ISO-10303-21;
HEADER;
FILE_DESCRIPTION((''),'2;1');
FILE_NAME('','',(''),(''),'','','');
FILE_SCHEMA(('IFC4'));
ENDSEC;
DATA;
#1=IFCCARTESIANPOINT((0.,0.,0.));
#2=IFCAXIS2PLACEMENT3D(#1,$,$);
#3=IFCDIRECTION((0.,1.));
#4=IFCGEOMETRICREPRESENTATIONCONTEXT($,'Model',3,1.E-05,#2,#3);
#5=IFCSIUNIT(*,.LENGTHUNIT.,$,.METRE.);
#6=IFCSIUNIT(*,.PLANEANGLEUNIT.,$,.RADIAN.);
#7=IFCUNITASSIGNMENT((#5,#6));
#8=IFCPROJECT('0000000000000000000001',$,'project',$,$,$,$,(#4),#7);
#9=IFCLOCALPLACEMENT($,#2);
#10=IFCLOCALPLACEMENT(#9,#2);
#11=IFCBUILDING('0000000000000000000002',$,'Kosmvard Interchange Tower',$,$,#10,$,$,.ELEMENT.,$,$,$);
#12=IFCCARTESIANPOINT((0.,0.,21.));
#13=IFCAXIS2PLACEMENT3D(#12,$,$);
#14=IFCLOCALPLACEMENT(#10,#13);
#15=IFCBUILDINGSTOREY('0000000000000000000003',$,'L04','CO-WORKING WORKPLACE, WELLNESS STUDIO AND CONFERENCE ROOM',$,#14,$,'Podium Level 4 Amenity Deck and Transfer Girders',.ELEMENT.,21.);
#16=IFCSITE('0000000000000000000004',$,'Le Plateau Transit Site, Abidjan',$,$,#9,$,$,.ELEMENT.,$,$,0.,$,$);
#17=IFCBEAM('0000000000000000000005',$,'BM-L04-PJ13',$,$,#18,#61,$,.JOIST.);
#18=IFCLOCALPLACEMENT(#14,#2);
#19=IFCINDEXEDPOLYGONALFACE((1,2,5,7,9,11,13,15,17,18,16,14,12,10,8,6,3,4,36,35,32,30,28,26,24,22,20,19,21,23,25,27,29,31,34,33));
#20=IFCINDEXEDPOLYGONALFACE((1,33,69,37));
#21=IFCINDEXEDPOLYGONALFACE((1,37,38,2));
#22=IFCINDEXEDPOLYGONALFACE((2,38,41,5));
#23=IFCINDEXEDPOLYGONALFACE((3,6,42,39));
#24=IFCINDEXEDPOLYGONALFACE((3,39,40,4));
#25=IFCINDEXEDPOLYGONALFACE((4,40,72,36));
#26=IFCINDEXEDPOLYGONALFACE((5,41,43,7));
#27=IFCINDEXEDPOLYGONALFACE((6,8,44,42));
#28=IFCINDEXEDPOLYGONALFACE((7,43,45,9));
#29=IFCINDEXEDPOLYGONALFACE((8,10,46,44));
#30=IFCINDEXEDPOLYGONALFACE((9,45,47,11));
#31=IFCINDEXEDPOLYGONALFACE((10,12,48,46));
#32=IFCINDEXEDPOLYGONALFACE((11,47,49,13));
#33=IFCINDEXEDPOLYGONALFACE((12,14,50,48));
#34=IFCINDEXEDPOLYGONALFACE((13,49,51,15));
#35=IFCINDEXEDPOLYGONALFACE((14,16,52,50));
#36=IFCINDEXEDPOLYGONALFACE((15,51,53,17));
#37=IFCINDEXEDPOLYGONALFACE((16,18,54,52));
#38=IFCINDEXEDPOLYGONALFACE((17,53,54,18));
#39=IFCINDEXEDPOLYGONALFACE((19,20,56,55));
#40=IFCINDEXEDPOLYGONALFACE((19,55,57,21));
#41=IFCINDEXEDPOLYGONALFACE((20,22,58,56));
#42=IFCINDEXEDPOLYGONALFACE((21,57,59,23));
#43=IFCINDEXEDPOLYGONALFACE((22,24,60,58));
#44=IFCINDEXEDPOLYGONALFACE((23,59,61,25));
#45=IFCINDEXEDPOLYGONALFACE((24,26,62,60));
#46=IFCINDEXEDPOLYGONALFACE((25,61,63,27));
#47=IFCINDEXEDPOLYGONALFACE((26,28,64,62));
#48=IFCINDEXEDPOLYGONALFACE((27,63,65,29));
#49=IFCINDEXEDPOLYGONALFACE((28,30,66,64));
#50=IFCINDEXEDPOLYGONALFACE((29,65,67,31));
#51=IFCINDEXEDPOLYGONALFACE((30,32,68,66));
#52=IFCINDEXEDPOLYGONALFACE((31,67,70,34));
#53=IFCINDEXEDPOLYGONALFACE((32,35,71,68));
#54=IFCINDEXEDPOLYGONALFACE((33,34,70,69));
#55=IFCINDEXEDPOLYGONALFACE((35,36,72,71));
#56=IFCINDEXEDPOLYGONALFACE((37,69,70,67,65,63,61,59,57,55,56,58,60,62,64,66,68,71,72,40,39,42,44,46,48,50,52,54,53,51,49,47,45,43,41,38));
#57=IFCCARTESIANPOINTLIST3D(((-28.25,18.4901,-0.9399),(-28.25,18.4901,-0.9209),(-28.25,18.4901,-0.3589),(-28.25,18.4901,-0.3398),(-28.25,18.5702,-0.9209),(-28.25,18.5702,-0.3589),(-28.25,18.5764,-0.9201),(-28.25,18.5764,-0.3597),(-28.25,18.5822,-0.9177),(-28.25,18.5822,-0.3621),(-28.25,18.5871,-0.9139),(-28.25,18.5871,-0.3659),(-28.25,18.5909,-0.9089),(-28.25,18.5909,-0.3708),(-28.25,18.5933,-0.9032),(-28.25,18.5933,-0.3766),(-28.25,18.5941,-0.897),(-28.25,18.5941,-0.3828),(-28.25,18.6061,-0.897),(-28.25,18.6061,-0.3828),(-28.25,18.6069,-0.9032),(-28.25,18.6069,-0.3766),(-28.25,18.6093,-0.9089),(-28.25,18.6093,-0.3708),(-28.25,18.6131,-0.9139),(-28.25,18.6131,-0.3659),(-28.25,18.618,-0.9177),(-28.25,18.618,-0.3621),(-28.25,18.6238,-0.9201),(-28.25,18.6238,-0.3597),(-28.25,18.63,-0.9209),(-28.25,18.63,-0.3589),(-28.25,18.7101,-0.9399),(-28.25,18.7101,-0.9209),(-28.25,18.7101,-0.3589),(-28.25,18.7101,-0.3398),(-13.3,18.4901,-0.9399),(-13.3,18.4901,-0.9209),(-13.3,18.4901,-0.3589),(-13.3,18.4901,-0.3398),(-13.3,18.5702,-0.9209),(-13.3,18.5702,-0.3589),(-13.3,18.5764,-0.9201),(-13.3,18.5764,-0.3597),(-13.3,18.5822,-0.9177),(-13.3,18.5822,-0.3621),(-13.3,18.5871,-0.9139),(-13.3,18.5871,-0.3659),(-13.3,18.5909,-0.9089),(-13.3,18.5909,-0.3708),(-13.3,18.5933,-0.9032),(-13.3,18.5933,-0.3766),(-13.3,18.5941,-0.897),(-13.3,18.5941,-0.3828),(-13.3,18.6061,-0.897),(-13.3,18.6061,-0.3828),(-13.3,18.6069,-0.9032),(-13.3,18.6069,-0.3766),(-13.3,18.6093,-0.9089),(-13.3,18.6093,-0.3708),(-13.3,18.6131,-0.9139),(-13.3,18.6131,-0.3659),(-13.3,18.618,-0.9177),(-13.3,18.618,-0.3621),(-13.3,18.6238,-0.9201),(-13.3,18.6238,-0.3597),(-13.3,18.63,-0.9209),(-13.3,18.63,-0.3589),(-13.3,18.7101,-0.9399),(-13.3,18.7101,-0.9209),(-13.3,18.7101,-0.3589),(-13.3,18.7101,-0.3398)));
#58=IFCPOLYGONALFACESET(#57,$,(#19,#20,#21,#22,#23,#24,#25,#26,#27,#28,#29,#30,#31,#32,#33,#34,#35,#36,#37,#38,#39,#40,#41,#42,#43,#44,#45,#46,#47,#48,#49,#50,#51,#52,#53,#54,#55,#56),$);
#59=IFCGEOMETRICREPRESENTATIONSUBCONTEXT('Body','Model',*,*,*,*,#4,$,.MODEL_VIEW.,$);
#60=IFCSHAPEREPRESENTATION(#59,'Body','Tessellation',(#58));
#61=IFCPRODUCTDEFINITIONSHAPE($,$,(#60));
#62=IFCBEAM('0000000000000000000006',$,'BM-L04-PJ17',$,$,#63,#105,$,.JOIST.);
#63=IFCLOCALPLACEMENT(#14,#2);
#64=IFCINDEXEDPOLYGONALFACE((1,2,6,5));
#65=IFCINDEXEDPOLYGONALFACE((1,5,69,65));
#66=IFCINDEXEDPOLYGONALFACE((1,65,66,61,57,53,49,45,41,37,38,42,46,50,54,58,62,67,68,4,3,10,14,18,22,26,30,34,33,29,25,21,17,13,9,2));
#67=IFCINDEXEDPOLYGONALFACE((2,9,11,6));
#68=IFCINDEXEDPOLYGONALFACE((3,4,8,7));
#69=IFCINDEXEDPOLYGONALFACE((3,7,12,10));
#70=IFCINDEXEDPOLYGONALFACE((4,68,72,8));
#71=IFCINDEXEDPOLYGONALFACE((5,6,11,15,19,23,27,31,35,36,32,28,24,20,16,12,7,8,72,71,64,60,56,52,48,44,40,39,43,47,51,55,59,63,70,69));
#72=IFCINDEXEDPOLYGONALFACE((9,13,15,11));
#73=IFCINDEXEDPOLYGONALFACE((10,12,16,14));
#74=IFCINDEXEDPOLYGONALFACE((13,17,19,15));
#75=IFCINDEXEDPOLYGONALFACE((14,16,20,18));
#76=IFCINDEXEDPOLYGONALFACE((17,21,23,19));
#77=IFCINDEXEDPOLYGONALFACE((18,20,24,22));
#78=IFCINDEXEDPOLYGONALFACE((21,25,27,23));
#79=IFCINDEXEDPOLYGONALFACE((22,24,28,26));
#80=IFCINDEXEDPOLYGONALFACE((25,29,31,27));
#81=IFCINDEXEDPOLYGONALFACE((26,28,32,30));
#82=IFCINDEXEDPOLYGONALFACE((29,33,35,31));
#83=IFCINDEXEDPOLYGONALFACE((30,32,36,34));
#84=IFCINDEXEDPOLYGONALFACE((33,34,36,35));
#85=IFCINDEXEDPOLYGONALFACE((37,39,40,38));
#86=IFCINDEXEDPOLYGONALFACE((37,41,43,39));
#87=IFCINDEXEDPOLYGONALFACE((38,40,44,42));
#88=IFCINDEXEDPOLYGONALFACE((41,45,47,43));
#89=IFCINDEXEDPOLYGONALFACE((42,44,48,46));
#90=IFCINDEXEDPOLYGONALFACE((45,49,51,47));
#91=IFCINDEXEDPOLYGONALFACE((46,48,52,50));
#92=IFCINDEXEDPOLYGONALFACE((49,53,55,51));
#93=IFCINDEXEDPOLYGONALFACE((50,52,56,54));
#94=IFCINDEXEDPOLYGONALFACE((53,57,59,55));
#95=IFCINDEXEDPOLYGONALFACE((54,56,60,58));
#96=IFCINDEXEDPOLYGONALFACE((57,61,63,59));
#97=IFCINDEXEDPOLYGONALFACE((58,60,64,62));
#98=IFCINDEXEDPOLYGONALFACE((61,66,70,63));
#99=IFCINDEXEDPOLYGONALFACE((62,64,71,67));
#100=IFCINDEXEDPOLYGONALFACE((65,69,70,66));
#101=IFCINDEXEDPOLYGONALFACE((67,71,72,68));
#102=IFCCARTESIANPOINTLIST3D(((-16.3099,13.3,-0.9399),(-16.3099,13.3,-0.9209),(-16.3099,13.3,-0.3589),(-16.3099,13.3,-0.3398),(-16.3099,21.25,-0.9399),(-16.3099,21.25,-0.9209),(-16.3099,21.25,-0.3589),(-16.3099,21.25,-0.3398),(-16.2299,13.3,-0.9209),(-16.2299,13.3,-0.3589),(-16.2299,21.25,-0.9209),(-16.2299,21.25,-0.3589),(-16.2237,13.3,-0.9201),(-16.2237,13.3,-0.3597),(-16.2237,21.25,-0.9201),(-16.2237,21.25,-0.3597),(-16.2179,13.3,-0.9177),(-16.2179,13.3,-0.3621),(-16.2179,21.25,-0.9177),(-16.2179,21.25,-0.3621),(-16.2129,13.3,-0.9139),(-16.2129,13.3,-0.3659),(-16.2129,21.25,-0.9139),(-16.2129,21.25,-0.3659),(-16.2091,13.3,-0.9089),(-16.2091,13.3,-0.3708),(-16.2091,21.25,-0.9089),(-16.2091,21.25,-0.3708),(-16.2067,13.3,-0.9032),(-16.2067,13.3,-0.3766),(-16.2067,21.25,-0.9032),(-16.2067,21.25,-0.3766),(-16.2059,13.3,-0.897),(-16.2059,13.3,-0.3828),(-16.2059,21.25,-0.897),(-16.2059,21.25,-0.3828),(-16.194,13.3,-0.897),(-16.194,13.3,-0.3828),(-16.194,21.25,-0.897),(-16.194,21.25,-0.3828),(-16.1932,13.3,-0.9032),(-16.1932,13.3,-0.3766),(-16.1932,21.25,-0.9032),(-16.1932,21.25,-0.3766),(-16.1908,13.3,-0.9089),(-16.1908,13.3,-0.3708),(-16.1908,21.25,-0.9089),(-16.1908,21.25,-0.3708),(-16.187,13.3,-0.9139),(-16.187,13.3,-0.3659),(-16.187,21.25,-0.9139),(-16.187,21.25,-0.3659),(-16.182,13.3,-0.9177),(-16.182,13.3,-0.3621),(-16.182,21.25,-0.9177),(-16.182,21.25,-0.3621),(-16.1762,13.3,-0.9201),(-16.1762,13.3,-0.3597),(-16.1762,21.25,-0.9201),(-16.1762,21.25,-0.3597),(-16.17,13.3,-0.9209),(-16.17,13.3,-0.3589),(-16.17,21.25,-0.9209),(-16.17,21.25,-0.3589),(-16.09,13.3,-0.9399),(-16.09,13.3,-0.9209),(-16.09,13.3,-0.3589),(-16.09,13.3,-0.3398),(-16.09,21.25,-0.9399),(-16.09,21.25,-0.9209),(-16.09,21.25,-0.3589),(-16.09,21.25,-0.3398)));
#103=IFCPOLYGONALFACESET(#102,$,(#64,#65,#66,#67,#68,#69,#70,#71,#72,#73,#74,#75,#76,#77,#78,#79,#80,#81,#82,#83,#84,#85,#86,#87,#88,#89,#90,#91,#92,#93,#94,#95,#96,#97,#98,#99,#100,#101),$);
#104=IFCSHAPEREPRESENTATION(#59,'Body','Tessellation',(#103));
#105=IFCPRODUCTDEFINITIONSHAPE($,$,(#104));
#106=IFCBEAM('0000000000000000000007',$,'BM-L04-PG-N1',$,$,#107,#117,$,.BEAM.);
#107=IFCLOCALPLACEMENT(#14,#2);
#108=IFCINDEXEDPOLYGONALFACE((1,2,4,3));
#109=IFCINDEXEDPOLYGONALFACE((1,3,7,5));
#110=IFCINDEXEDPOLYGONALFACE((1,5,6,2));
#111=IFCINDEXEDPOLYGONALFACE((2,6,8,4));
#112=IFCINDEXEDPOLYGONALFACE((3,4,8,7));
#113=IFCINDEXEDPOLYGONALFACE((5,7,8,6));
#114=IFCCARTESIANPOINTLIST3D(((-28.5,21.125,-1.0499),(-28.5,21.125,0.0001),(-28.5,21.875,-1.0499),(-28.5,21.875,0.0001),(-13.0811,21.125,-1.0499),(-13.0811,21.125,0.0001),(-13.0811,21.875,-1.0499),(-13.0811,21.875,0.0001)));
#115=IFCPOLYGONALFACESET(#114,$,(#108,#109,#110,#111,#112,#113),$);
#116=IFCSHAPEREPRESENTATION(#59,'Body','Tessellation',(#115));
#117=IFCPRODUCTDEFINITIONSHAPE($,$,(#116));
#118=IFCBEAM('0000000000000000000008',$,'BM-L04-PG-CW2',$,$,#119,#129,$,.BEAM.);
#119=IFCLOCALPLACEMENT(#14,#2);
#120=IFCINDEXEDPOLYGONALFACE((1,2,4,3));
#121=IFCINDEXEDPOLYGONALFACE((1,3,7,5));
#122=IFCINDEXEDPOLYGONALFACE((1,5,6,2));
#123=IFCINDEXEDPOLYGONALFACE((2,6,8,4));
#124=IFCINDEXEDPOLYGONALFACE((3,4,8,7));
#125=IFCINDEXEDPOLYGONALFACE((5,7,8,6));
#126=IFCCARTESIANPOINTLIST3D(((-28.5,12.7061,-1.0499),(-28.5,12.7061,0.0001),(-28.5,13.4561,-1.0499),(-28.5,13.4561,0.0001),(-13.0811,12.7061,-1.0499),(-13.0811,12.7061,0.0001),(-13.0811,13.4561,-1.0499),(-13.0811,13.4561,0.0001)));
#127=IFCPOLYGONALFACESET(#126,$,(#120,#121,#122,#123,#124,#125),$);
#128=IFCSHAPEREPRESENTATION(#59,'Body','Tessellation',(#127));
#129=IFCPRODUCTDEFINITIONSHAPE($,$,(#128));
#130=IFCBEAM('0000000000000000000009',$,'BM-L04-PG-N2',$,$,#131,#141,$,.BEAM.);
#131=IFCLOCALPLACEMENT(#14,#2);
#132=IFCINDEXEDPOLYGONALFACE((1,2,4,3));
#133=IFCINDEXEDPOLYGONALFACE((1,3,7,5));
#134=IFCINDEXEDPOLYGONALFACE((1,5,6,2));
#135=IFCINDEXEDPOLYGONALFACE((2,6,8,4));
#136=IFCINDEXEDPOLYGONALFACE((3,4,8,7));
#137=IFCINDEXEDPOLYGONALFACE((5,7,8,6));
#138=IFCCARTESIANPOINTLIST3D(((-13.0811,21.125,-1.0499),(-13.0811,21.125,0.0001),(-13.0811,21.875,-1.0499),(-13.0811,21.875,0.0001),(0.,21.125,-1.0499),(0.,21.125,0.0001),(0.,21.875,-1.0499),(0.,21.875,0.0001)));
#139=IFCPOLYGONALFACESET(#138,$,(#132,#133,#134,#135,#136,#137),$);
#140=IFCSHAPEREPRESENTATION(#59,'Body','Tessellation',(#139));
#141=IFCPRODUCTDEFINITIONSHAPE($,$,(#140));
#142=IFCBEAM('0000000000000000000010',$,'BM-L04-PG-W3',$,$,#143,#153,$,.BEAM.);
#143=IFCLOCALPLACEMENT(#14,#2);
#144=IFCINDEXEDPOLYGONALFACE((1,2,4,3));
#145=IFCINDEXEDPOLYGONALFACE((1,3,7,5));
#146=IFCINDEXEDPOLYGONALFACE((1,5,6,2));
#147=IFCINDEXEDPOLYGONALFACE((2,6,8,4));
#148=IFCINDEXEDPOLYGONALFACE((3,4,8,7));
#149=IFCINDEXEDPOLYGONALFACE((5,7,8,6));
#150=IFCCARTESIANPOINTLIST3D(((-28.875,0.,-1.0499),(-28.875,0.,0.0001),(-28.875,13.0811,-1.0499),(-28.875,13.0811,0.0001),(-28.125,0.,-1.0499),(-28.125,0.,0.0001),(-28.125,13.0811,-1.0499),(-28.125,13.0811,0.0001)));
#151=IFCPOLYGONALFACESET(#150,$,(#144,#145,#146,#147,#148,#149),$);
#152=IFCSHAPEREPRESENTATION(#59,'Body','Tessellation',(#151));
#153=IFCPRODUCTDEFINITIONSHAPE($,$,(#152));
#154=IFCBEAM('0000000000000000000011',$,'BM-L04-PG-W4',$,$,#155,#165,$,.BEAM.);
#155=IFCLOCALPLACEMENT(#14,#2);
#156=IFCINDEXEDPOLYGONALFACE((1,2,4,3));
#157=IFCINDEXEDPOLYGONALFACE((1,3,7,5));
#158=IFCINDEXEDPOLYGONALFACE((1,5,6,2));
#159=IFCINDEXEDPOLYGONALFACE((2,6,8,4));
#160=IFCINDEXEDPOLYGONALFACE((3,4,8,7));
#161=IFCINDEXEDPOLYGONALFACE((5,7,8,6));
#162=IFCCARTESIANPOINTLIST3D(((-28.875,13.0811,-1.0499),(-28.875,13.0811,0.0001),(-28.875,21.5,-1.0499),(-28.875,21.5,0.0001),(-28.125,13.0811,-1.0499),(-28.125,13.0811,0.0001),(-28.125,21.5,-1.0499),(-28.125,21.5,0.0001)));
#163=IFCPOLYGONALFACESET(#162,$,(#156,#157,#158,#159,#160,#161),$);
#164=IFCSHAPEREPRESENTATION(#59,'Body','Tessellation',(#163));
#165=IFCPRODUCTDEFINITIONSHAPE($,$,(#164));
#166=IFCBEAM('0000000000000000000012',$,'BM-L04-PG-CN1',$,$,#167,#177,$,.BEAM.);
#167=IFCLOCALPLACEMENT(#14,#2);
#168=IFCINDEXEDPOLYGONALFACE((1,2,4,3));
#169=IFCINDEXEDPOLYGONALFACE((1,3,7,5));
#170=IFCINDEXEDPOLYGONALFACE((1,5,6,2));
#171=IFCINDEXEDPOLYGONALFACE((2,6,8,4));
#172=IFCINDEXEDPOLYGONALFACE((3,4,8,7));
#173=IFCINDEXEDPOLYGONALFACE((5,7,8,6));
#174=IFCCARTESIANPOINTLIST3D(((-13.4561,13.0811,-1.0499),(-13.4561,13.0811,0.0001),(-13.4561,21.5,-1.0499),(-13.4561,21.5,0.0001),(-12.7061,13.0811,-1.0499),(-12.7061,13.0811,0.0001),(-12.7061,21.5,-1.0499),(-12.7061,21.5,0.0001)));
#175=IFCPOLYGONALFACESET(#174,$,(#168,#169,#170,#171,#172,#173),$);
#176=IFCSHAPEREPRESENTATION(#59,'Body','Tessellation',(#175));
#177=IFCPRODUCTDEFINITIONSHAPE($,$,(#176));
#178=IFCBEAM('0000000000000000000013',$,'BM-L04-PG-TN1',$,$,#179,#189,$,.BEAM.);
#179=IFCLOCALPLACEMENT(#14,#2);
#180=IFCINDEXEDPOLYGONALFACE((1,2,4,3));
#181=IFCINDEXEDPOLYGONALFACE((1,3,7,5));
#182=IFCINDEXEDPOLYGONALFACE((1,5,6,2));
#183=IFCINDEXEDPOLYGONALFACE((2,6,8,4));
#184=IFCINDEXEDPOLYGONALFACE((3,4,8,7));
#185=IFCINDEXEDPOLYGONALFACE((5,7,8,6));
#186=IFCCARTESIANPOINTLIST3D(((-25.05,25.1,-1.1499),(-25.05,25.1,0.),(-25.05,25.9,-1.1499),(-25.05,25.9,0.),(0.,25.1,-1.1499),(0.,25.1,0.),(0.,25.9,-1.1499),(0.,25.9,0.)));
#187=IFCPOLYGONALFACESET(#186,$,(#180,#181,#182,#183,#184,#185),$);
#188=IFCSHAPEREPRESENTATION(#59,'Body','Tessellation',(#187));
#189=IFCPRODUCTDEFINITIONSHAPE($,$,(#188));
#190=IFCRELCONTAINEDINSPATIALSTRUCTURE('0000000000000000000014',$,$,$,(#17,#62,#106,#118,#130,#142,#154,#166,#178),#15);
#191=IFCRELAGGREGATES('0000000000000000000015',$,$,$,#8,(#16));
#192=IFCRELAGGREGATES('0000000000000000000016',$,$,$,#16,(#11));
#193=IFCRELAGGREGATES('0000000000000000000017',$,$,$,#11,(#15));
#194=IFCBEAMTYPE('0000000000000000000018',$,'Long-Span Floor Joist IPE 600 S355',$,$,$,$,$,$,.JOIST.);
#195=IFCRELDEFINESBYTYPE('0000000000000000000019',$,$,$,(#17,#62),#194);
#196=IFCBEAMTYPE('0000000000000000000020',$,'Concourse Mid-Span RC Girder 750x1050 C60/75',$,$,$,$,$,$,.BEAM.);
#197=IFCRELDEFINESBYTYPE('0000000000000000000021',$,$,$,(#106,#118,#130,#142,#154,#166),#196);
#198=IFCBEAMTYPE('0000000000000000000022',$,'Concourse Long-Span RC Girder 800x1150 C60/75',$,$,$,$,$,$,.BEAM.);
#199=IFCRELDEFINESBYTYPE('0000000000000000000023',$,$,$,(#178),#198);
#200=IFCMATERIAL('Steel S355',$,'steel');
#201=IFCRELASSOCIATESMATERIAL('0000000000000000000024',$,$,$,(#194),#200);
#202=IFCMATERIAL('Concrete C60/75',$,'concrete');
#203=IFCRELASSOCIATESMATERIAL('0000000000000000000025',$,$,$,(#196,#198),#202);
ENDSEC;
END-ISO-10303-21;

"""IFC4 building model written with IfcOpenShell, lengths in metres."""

from ifc_helpers import new_model, si_unit, direction, frame, origin, origin_2d, place, context, subcontext, project, spatial, rectangle, i_section, extrude, source, transform, mapped, material, material_profile, profile_set, type_object, element, save


model = new_model("IFC4")

# Units and contexts
model_context = context("Model", 3, precision=1e-05, world=origin(), true_north=direction((0.0, 1.0)))
body_context = subcontext(model_context, "Body", "Model", "MODEL_VIEW")
ifc_project = project(units=[si_unit("LENGTHUNIT", "METRE"), si_unit("PLANEANGLEUNIT", "RADIAN")], contexts=[model_context])

# Site, building, storey
site_placement = place(None, origin())
site = spatial("IfcSite", under=ifc_project, at=site_placement, Name="Le Plateau Transit Site, Abidjan", CompositionType="ELEMENT", RefElevation=0.0)
building_placement = place(site_placement, origin())
building = spatial("IfcBuilding", under=site, at=building_placement, Name="Kosmvard Interchange Tower", CompositionType="ELEMENT")
storey_placement = place(building_placement, frame((0.0, 0.0, 21.0)))
storey = spatial("IfcBuildingStorey", under=building, at=storey_placement, Name="L04", Description="CO-WORKING WORKPLACE, WELLNESS STUDIO AND CONFERENCE ROOM", LongName="Podium Level 4 Amenity Deck and Transfer Girders", CompositionType="ELEMENT", Elevation=21.0)

# Shared definitions
ifc_material_1 = material(Name="Concrete C60/75", Category="concrete")

# Beams
ifc_material_2 = material(Name="Steel S355", Category="steel")
ifc_material_profile_1 = material_profile(ifc_material_2, i_section(OverallWidth=0.22, OverallDepth=0.6001, WebThickness=0.012, FlangeThickness=0.019, FilletRadius=0.0239, at=origin_2d()), Name="IPE 600")
ifc_profile_set_1 = profile_set([ifc_material_profile_1], Name="Steel S355")
beam_type_1 = type_object("IfcBeamType", Name="Long-Span Floor Joist IPE 600 S355", PredefinedType="JOIST", material=ifc_profile_set_1)
shared_shape_1 = source(origin(), body_context, "Body", "SweptSolid", [
    extrude(i_section(OverallWidth=0.22, OverallDepth=0.6001, WebThickness=0.012, FlangeThickness=0.019, FilletRadius=0.0239, at=origin_2d()), origin(), (0.0, 0.0, 1.0), 14.95),
])
for number, where, z_axis, x_axis, name in (
    (1, (-28.25, 18.6001, -0.6399), (1.0, 0.0, 0.0), (0.0, 1.0, 0.0), "BM-L04-PJ13"),
):
    element("IfcBeam", number, at=place(storey_placement, frame(where, z_axis=z_axis, x_axis=x_axis)), inside=storey, type_object=beam_type_1, Name=name, PredefinedType="JOIST", context=body_context, shape_type="MappedRepresentation", body=[
        mapped(shared_shape_1, transform((0.0, 0.0, 0.0), scale=1.0)),
    ])
shared_shape_2 = source(origin(), body_context, "Body", "SweptSolid", [
    extrude(i_section(OverallWidth=0.22, OverallDepth=0.6001, WebThickness=0.012, FlangeThickness=0.019, FilletRadius=0.0239, at=origin_2d()), origin(), (0.0, 0.0, 1.0), 7.95),
])
beam_1_placement = place(storey_placement, frame((-16.2, 13.3, -0.6399), z_axis=(0.0, 1.0, 0.0), x_axis=(-1.0, 0.0, 0.0)))
element("IfcBeam", 2, at=beam_1_placement, inside=storey, type_object=beam_type_1, Name="BM-L04-PJ17", PredefinedType="JOIST", context=body_context, shape_type="MappedRepresentation", body=[
    mapped(shared_shape_2, transform((0.0, 0.0, 0.0), scale=1.0)),
])
ifc_material_profile_2 = material_profile(ifc_material_1, rectangle(XDim=0.75, YDim=1.05, at=origin_2d()), Name="RCG 750x1050")
ifc_profile_set_2 = profile_set([ifc_material_profile_2], Name="Concrete C60/75")
beam_type_2 = type_object("IfcBeamType", Name="Concourse Mid-Span RC Girder 750x1050 C60/75", PredefinedType="BEAM", material=ifc_profile_set_2)
shared_shape_3 = source(origin(), body_context, "Body", "SweptSolid", [
    extrude(rectangle(XDim=0.75, YDim=1.05, at=origin_2d()), origin(), (0.0, 0.0, 1.0), 15.4189),
])
for number, where, z_axis, x_axis, name in (
    (3, (-28.5, 21.5, -0.5249), (1.0, 0.0, 0.0), (0.0, 1.0, 0.0), "BM-L04-PG-N1"),
    (4, (-28.5, 13.0811, -0.5249), (1.0, 0.0, 0.0), (0.0, 1.0, 0.0), "BM-L04-PG-CW2"),
):
    element("IfcBeam", number, at=place(storey_placement, frame(where, z_axis=z_axis, x_axis=x_axis)), inside=storey, type_object=beam_type_2, Name=name, PredefinedType="BEAM", context=body_context, shape_type="MappedRepresentation", body=[
        mapped(shared_shape_3, transform((0.0, 0.0, 0.0), scale=1.0)),
    ])
shared_shape_4 = source(origin(), body_context, "Body", "SweptSolid", [
    extrude(rectangle(XDim=0.75, YDim=1.05, at=origin_2d()), origin(), (0.0, 0.0, 1.0), 13.0811),
])
for number, where, z_axis, x_axis, name in (
    (5, (-13.0811, 21.5, -0.5249), (1.0, 0.0, 0.0), (0.0, 1.0, 0.0), "BM-L04-PG-N2"),
    (6, (-28.5, 0.0, -0.5249), (0.0, 1.0, 0.0), (-1.0, 0.0, 0.0), "BM-L04-PG-W3"),
):
    element("IfcBeam", number, at=place(storey_placement, frame(where, z_axis=z_axis, x_axis=x_axis)), inside=storey, type_object=beam_type_2, Name=name, PredefinedType="BEAM", context=body_context, shape_type="MappedRepresentation", body=[
        mapped(shared_shape_4, transform((0.0, 0.0, 0.0), scale=1.0)),
    ])
shared_shape_5 = source(origin(), body_context, "Body", "SweptSolid", [
    extrude(rectangle(XDim=0.75, YDim=1.05, at=origin_2d()), origin(), (0.0, 0.0, 1.0), 8.4189),
])
for number, where, z_axis, x_axis, name in (
    (7, (-28.5, 13.0811, -0.5249), (0.0, 1.0, 0.0), (-1.0, 0.0, 0.0), "BM-L04-PG-W4"),
    (8, (-13.0811, 21.5, -0.5249), (0.0, -1.0, 0.0), (1.0, 0.0, 0.0), "BM-L04-PG-CN1"),
):
    element("IfcBeam", number, at=place(storey_placement, frame(where, z_axis=z_axis, x_axis=x_axis)), inside=storey, type_object=beam_type_2, Name=name, PredefinedType="BEAM", context=body_context, shape_type="MappedRepresentation", body=[
        mapped(shared_shape_5, transform((0.0, 0.0, 0.0), scale=1.0)),
    ])
ifc_material_profile_3 = material_profile(ifc_material_1, rectangle(XDim=0.8, YDim=1.1499, at=origin_2d()), Name="RCG 800x1150")
ifc_profile_set_3 = profile_set([ifc_material_profile_3], Name="Concrete C60/75")
beam_type_3 = type_object("IfcBeamType", Name="Concourse Long-Span RC Girder 800x1150 C60/75", PredefinedType="BEAM", material=ifc_profile_set_3)
shared_shape_6 = source(origin(), body_context, "Body", "SweptSolid", [
    extrude(rectangle(XDim=0.8, YDim=1.1499, at=origin_2d()), origin(), (0.0, 0.0, 1.0), 25.05),
])
beam_2_placement = place(storey_placement, frame((-25.05, 25.5, -0.575), z_axis=(1.0, 0.0, 0.0), x_axis=(0.0, 1.0, 0.0)))
element("IfcBeam", 9, at=beam_2_placement, inside=storey, type_object=beam_type_3, Name="BM-L04-PG-TN1", PredefinedType="BEAM", context=body_context, shape_type="MappedRepresentation", body=[
    mapped(shared_shape_6, transform((0.0, 0.0, 0.0), scale=1.0)),
])

save(model, "model.ifc")
